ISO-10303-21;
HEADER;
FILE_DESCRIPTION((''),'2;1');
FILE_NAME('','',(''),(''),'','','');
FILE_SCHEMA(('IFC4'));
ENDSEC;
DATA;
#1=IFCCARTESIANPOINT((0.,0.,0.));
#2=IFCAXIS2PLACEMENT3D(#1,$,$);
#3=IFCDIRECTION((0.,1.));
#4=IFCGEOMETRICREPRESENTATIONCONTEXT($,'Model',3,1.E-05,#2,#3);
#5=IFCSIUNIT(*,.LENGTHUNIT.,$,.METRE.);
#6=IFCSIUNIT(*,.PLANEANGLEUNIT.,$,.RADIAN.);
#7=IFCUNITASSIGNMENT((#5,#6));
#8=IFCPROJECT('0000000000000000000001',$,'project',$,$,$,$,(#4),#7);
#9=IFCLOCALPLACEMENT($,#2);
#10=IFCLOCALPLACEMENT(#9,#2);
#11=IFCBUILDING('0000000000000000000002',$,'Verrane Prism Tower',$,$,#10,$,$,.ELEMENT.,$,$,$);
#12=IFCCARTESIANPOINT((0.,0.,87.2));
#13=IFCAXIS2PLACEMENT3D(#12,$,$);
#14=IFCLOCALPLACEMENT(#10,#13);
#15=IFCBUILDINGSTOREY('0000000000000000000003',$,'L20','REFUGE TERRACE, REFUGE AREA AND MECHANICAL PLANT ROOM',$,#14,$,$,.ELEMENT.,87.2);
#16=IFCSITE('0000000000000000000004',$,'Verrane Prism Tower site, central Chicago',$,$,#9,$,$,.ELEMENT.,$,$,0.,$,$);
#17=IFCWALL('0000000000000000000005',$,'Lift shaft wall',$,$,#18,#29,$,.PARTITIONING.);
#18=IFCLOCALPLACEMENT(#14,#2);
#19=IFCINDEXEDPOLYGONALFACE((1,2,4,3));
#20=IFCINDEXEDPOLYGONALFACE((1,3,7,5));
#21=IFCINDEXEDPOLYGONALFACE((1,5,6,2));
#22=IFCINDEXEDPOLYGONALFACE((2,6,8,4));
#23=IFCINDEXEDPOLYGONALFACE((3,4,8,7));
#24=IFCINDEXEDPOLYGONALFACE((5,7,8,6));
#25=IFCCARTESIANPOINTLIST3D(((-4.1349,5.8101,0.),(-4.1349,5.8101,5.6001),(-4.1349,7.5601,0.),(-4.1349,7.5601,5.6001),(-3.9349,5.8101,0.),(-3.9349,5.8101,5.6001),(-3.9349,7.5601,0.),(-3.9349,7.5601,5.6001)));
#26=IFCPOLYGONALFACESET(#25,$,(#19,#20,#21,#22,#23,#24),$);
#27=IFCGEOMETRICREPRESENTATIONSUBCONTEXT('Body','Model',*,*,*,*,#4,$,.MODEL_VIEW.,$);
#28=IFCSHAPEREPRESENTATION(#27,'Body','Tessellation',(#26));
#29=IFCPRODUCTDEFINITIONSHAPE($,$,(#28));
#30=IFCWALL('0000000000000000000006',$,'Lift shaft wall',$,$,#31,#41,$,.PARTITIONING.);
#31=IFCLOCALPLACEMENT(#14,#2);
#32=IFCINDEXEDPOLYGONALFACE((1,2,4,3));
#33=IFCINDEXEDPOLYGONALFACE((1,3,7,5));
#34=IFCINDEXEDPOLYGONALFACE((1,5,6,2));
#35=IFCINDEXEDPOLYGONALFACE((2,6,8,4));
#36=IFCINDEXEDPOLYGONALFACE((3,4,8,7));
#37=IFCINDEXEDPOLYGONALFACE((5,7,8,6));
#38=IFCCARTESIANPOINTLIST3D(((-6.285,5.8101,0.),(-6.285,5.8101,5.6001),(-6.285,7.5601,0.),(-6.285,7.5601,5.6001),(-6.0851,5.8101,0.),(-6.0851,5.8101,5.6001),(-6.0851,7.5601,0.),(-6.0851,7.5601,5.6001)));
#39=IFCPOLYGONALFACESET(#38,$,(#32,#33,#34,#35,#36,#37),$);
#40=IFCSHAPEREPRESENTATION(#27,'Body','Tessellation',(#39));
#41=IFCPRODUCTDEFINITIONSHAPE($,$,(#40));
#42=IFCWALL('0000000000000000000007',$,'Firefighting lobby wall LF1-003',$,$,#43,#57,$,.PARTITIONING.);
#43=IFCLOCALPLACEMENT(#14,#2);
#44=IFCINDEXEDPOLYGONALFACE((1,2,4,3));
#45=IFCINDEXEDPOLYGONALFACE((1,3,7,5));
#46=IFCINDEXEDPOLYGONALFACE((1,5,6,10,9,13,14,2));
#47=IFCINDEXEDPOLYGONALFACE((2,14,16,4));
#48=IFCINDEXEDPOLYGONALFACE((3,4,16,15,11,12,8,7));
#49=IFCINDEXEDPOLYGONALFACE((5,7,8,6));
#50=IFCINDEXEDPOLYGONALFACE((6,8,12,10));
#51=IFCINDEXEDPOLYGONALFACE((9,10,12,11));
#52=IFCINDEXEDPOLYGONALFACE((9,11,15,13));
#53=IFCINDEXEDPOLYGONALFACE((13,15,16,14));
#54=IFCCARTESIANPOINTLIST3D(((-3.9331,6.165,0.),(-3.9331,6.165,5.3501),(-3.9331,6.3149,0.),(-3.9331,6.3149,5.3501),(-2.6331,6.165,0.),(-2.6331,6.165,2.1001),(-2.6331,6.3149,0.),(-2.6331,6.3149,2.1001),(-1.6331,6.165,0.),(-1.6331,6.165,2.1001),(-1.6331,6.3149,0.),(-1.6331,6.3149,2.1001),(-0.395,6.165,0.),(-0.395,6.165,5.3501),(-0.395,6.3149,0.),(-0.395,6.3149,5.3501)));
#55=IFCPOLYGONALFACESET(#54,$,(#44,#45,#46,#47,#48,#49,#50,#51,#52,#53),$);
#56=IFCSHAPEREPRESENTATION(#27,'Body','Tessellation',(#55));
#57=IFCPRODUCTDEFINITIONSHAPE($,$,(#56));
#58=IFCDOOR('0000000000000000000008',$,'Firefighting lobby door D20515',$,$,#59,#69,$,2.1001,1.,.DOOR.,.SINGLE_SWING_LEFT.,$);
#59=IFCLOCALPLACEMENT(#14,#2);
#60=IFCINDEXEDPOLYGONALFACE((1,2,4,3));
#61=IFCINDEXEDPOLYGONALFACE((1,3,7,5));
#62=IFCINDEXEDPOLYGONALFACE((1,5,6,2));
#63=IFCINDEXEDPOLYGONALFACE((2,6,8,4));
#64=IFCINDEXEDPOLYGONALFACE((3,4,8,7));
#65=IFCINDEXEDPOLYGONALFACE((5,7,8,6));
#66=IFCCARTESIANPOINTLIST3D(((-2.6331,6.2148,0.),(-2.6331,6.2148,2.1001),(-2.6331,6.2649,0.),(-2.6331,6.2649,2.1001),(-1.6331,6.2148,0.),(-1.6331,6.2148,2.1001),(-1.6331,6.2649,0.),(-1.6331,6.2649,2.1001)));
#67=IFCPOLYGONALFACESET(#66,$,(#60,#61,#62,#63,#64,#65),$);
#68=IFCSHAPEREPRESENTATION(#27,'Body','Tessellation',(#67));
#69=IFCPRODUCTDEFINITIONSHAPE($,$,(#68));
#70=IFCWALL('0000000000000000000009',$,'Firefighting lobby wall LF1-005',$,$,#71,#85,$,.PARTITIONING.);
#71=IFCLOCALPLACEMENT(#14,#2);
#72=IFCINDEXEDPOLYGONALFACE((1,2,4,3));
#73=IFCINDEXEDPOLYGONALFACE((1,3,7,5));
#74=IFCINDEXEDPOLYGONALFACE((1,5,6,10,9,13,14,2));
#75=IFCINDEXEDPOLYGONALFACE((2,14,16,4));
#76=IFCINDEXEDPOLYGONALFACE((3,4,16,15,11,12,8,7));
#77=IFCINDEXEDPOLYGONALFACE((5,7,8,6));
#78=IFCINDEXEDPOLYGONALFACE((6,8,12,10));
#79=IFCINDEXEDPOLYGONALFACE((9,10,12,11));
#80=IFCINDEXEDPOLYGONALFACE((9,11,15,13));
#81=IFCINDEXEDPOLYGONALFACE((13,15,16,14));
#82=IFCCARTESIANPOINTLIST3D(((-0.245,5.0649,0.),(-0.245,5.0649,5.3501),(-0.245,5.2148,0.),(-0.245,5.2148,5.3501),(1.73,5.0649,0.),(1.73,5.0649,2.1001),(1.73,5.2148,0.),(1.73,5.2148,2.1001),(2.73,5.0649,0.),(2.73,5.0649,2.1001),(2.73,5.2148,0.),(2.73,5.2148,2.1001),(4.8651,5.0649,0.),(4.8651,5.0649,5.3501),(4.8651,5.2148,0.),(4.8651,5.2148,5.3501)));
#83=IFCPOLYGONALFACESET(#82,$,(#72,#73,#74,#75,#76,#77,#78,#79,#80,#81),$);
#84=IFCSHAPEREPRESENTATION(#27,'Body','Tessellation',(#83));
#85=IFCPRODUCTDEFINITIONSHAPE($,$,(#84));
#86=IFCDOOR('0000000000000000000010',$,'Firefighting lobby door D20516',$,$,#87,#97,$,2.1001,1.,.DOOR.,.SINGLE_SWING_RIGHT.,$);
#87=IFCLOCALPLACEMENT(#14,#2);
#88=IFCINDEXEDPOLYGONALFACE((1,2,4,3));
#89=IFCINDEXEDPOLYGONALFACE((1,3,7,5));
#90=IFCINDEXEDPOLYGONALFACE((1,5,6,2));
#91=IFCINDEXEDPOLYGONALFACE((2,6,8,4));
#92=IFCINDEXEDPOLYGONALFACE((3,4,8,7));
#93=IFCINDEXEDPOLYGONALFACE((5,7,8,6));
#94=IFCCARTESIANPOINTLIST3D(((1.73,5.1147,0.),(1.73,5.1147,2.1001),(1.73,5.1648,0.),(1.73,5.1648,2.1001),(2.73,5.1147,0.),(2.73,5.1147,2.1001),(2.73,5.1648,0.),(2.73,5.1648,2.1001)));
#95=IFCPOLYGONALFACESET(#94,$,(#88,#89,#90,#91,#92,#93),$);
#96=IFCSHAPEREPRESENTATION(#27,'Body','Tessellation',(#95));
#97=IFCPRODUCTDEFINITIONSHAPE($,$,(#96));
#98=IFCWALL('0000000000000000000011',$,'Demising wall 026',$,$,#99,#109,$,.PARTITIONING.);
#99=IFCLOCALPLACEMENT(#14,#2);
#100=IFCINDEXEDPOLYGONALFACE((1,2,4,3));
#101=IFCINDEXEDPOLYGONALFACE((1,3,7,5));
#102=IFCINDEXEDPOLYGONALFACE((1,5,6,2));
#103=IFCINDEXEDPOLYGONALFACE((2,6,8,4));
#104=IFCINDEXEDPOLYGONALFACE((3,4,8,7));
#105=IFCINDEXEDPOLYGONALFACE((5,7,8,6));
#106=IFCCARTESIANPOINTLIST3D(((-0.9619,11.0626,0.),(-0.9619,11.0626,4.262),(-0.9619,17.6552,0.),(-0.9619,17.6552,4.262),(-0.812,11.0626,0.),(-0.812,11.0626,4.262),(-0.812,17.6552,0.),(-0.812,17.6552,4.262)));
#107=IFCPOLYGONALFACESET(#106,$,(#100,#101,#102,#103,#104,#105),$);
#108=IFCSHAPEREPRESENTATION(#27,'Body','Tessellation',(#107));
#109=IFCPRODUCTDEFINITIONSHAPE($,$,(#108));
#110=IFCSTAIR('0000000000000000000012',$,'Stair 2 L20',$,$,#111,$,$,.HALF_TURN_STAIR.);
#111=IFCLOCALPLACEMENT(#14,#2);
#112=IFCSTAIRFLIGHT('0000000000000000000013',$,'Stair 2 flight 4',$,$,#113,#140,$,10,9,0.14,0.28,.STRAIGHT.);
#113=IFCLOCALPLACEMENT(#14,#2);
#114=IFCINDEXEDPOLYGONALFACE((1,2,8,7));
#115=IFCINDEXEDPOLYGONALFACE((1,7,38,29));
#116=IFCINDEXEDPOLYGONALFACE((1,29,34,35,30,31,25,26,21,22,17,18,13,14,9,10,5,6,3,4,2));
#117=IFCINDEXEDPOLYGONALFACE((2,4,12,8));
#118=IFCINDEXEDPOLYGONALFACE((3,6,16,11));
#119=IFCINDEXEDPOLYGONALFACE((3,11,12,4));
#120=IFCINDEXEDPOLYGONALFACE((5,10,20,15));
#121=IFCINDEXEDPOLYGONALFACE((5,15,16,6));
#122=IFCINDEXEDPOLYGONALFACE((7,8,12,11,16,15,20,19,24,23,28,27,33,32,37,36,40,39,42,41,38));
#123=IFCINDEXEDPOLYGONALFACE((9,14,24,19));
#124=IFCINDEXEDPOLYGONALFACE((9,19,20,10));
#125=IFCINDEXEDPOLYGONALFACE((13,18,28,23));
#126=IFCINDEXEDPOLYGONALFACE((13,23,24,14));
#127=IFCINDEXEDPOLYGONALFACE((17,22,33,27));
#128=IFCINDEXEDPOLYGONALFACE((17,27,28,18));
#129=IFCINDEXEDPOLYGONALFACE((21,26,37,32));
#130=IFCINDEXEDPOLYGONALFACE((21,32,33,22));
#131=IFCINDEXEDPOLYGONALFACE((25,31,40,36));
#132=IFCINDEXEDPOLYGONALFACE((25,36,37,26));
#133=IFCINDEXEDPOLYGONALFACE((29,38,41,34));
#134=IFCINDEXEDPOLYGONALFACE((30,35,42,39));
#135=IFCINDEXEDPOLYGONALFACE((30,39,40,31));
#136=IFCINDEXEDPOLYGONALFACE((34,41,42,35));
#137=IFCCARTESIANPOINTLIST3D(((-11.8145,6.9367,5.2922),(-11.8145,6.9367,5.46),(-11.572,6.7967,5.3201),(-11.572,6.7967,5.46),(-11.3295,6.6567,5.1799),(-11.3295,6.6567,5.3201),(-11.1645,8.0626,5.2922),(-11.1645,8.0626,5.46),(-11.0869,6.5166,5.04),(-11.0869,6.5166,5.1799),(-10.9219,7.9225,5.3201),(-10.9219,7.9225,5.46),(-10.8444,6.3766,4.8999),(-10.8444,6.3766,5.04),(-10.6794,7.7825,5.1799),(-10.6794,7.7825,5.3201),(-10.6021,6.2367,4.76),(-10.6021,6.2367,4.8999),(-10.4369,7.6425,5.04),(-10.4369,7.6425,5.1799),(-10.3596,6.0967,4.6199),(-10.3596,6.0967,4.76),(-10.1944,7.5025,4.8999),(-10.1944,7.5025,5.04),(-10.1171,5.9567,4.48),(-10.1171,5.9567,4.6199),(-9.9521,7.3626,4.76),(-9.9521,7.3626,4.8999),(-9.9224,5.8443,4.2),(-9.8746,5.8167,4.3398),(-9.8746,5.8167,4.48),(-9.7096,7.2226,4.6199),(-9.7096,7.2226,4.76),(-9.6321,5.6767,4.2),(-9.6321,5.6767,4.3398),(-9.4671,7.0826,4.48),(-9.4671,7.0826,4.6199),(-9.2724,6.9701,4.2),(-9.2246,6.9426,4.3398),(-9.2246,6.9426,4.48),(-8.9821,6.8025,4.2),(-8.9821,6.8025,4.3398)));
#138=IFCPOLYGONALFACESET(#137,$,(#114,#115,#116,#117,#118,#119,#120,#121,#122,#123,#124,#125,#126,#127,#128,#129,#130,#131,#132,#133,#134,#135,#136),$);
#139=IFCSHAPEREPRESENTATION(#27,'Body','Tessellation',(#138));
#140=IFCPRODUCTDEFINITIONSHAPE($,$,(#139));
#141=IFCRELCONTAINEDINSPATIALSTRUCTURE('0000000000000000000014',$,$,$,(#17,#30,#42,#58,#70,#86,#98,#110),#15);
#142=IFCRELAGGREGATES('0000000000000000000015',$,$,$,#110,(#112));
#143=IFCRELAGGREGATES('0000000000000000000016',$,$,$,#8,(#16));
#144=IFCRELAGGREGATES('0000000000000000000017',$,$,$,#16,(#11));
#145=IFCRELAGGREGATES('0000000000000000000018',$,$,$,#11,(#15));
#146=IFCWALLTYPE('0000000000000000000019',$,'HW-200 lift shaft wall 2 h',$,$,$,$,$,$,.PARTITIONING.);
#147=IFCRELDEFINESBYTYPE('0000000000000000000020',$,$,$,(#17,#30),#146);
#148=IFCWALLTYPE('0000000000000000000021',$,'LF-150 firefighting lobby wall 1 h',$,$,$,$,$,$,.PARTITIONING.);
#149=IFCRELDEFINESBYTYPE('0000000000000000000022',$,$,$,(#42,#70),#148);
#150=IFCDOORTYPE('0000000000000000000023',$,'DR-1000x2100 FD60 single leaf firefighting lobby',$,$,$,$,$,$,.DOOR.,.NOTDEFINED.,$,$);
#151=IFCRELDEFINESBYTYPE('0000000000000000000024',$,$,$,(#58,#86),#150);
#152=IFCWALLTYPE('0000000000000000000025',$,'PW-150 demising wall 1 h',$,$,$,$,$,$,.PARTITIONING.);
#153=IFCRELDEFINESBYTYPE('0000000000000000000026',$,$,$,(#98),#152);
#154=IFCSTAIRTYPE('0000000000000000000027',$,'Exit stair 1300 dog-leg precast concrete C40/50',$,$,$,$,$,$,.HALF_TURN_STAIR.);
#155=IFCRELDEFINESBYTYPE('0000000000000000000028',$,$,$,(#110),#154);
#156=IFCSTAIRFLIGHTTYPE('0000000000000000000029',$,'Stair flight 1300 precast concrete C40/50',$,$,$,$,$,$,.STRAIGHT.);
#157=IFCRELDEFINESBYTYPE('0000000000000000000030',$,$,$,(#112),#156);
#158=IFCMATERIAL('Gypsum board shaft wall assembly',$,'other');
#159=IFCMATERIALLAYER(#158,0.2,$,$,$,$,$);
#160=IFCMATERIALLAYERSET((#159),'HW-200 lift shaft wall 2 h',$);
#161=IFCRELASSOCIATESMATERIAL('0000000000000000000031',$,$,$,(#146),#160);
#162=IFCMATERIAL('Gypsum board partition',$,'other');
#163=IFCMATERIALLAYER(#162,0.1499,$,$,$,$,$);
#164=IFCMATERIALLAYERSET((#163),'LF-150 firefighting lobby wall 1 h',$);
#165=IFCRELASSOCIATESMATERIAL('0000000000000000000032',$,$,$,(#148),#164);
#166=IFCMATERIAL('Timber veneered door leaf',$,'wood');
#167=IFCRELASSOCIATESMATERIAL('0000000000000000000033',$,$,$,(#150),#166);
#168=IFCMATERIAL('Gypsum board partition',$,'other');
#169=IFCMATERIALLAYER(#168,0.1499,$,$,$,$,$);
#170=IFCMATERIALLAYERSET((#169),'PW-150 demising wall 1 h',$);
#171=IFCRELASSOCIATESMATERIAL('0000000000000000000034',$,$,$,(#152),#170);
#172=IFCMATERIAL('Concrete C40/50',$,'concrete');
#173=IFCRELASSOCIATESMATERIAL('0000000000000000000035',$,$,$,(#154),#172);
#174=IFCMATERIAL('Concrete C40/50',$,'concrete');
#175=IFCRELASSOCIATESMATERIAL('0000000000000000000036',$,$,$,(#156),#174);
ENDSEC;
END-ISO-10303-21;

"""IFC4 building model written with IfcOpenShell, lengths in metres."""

from ifc_helpers import new_model, si_unit, direction, frame, frame_2d, origin, place, context, subcontext, project, spatial, polyline, rectangle, outline, extrude, material, layer, layer_set, type_object, element, fill, aggregate, save


model = new_model("IFC4")

# Units and contexts
model_context = context("Model", 3, precision=1e-05, world=origin(), true_north=direction((0.0, 1.0)))
body_context = subcontext(model_context, "Body", "Model", "MODEL_VIEW")
ifc_project = project(units=[si_unit("LENGTHUNIT", "METRE"), si_unit("PLANEANGLEUNIT", "RADIAN")], contexts=[model_context])

# Site, building, storey
site_placement = place(None, origin())
site = spatial("IfcSite", under=ifc_project, at=site_placement, Name="Verrane Prism Tower site, central Chicago", CompositionType="ELEMENT", RefElevation=0.0)
building_placement = place(site_placement, origin())
building = spatial("IfcBuilding", under=site, at=building_placement, Name="Verrane Prism Tower", CompositionType="ELEMENT")
storey_placement = place(building_placement, frame((0.0, 0.0, 87.2)))
storey = spatial("IfcBuildingStorey", under=building, at=storey_placement, Name="L20", Description="REFUGE TERRACE, REFUGE AREA AND MECHANICAL PLANT ROOM", CompositionType="ELEMENT", Elevation=87.2)

# Walls
ifc_material_1 = material(Name="Gypsum board shaft wall assembly", Category="other")
ifc_layer_1 = layer(ifc_material_1, 0.2)
ifc_layer_set_1 = layer_set([ifc_layer_1], Name="HW-200 lift shaft wall 2 h")
wall_type_1 = type_object("IfcWallType", Name="HW-200 lift shaft wall 2 h", PredefinedType="PARTITIONING", material=ifc_layer_set_1)
for number, where, z_axis, x_axis, name in (
    (1, (-4.0349, 5.8101, 0.0), (0.0, 0.0, 1.0), (0.0, 1.0, 0.0), "Lift shaft wall"),
    (2, (-6.1851, 5.8101, 0.0), (0.0, 0.0, 1.0), (0.0, 1.0, 0.0), "Lift shaft wall"),
):
    element("IfcWall", number, at=place(storey_placement, frame(where, z_axis=z_axis, x_axis=x_axis)), inside=storey, type_object=wall_type_1, Name=name, PredefinedType="PARTITIONING", context=body_context, shape_type="SweptSolid", body=[
        extrude(rectangle(XDim=1.75, YDim=0.2, at=frame_2d((0.875, 0.0))), origin(), (0.0, 0.0, 1.0), 5.6001),
    ])

# Walls, openings, doors
ifc_material_2 = material(Name="Gypsum board partition", Category="other")
ifc_layer_2 = layer(ifc_material_2, 0.1499)
ifc_layer_set_2 = layer_set([ifc_layer_2], Name="LF-150 firefighting lobby wall 1 h")
wall_type_2 = type_object("IfcWallType", Name="LF-150 firefighting lobby wall 1 h", PredefinedType="PARTITIONING", material=ifc_layer_set_2)
wall_1_placement = place(storey_placement, frame((-3.9331, 6.24, 0.0), z_axis=(0.0, 0.0, 1.0), x_axis=(1.0, 0.0, 0.0)))
wall_1 = element("IfcWall", 3, at=wall_1_placement, inside=storey, type_object=wall_type_2, Name="Firefighting lobby wall LF1-003", PredefinedType="PARTITIONING", context=body_context, shape_type="SweptSolid", body=[
    extrude(rectangle(XDim=3.5381, YDim=0.1499, at=frame_2d((1.769, 0.0))), origin(), (0.0, 0.0, 1.0), 5.3501),
])
opening_1_placement = place(wall_1_placement, frame((1.3, 0.0, 0.0)))
opening_1 = element("IfcOpeningElement", 4, at=opening_1_placement, cuts=wall_1, PredefinedType="OPENING", context=body_context, shape_type="SweptSolid", body=[
    extrude(rectangle(XDim=1.0, YDim=2.1001, at=frame_2d((0.5, 1.05))), frame((0.0, 0.085, 0.0), z_axis=(0.0, -1.0, 0.0), x_axis=(1.0, 0.0, 0.0)), (0.0, 0.0, 1.0), 0.1699),
])
ifc_material_3 = material(Name="Timber veneered door leaf", Category="wood")
door_type = type_object("IfcDoorType", Name="DR-1000x2100 FD60 single leaf firefighting lobby", OperationType="NOTDEFINED", PredefinedType="DOOR", material=ifc_material_3)
door_1_placement = place(opening_1_placement, origin())
door_1 = element("IfcDoor", 5, at=door_1_placement, inside=storey, type_object=door_type, Name="Firefighting lobby door D20515", OperationType="SINGLE_SWING_LEFT", OverallHeight=2.1001, OverallWidth=1.0, PredefinedType="DOOR", context=body_context, shape_type="SweptSolid", body=[
    extrude(rectangle(XDim=1.0, YDim=2.1001, at=frame_2d((0.5, 1.05))), frame((0.0, 0.0249, 0.0), z_axis=(0.0, -1.0, 0.0), x_axis=(1.0, 0.0, 0.0)), (0.0, 0.0, 1.0), 0.05),
])
fill(opening_1, door_1)
wall_2_placement = place(storey_placement, frame((-0.2451, 5.1399, 0.0), z_axis=(0.0, 0.0, 1.0), x_axis=(1.0, 0.0, 0.0)))
wall_2 = element("IfcWall", 6, at=wall_2_placement, inside=storey, type_object=wall_type_2, Name="Firefighting lobby wall LF1-005", PredefinedType="PARTITIONING", context=body_context, shape_type="SweptSolid", body=[
    extrude(rectangle(XDim=5.1101, YDim=0.1499, at=frame_2d((2.5552, 0.0))), origin(), (0.0, 0.0, 1.0), 5.3501),
])
opening_2_placement = place(wall_2_placement, frame((1.9751, 0.0, 0.0)))
opening_2 = element("IfcOpeningElement", 7, at=opening_2_placement, cuts=wall_2, PredefinedType="OPENING", context=body_context, shape_type="SweptSolid", body=[
    extrude(rectangle(XDim=1.0, YDim=2.1001, at=frame_2d((0.5, 1.05))), frame((0.0, 0.085, 0.0), z_axis=(0.0, -1.0, 0.0), x_axis=(1.0, 0.0, 0.0)), (0.0, 0.0, 1.0), 0.1699),
])
door_2_placement = place(opening_2_placement, origin())
door_2 = element("IfcDoor", 8, at=door_2_placement, inside=storey, type_object=door_type, Name="Firefighting lobby door D20516", OperationType="SINGLE_SWING_RIGHT", OverallHeight=2.1001, OverallWidth=1.0, PredefinedType="DOOR", context=body_context, shape_type="SweptSolid", body=[
    extrude(rectangle(XDim=1.0, YDim=2.1001, at=frame_2d((0.5, 1.05))), frame((0.0, 0.0249, 0.0), z_axis=(0.0, -1.0, 0.0), x_axis=(1.0, 0.0, 0.0)), (0.0, 0.0, 1.0), 0.05),
])
fill(opening_2, door_2)

# Wall
ifc_material_4 = material(Name="Gypsum board partition", Category="other")
ifc_layer_3 = layer(ifc_material_4, 0.1499)
ifc_layer_set_3 = layer_set([ifc_layer_3], Name="PW-150 demising wall 1 h")
wall_type_3 = type_object("IfcWallType", Name="PW-150 demising wall 1 h", PredefinedType="PARTITIONING", material=ifc_layer_set_3)
wall_3_placement = place(storey_placement, frame((-0.887, 11.0625, 0.0), z_axis=(0.0, 0.0, 1.0), x_axis=(0.0, 1.0, 0.0)))
element("IfcWall", 9, at=wall_3_placement, inside=storey, type_object=wall_type_3, Name="Demising wall 026", PredefinedType="PARTITIONING", context=body_context, shape_type="SweptSolid", body=[
    extrude(rectangle(XDim=6.5925, YDim=0.1499, at=frame_2d((3.2964, 0.0))), origin(), (0.0, 0.0, 1.0), 4.262),
])

# Stair, stair flight
ifc_material_5 = material(Name="Concrete C40/50", Category="concrete")
stair_type = type_object("IfcStairType", Name="Exit stair 1300 dog-leg precast concrete C40/50", PredefinedType="HALF_TURN_STAIR", material=ifc_material_5)
stair_placement = place(storey_placement, origin())
stair = element("IfcStair", 10, at=stair_placement, inside=storey, type_object=stair_type, Name="Stair 2 L20", PredefinedType="HALF_TURN_STAIR")
ifc_material_6 = material(Name="Concrete C40/50", Category="concrete")
stair_flight_type = type_object("IfcStairFlightType", Name="Stair flight 1300 precast concrete C40/50", PredefinedType="STRAIGHT", material=ifc_material_6)
stair_flight_placement = place(storey_placement, frame((-9.3071, 6.2395, 4.2), z_axis=(0.0, 0.0, 1.0), x_axis=(-0.866025, 0.5, 0.0)))
stair_flight = element("IfcStairFlight", 11, at=stair_flight_placement, type_object=stair_flight_type, Name="Stair 2 flight 4", NumberOfRisers=10, NumberOfTreads=9, PredefinedType="STRAIGHT", RiserHeight=0.14, TreadLength=0.28, context=body_context, shape_type="SweptSolid", body=[
    extrude(outline(polyline([(0.0, 0.0), (0.0, 0.1399), (0.28, 0.1399), (0.28, 0.28), (0.5601, 0.28), (0.5601, 0.4199), (0.8401, 0.4199), (0.8401, 0.5601), (1.1201, 0.5601), (1.1201, 0.7), (1.3999, 0.7), (1.3999, 0.8401), (1.6799, 0.8401), (1.6799, 0.98), (1.96, 0.98), (1.96, 1.1201), (2.24, 1.1201), (2.24, 1.26), (2.52, 1.26), (2.52, 1.3999), (2.52, 1.0923), (0.3352, 0.0), (0.0, 0.0)])), frame((0.0, 0.6499, 0.0), z_axis=(0.0, -1.0, 0.0), x_axis=(1.0, 0.0, 0.0)), (0.0, 0.0, 1.0), 1.3),
])
aggregate(stair, [stair_flight])

save(model, "model.ifc")
